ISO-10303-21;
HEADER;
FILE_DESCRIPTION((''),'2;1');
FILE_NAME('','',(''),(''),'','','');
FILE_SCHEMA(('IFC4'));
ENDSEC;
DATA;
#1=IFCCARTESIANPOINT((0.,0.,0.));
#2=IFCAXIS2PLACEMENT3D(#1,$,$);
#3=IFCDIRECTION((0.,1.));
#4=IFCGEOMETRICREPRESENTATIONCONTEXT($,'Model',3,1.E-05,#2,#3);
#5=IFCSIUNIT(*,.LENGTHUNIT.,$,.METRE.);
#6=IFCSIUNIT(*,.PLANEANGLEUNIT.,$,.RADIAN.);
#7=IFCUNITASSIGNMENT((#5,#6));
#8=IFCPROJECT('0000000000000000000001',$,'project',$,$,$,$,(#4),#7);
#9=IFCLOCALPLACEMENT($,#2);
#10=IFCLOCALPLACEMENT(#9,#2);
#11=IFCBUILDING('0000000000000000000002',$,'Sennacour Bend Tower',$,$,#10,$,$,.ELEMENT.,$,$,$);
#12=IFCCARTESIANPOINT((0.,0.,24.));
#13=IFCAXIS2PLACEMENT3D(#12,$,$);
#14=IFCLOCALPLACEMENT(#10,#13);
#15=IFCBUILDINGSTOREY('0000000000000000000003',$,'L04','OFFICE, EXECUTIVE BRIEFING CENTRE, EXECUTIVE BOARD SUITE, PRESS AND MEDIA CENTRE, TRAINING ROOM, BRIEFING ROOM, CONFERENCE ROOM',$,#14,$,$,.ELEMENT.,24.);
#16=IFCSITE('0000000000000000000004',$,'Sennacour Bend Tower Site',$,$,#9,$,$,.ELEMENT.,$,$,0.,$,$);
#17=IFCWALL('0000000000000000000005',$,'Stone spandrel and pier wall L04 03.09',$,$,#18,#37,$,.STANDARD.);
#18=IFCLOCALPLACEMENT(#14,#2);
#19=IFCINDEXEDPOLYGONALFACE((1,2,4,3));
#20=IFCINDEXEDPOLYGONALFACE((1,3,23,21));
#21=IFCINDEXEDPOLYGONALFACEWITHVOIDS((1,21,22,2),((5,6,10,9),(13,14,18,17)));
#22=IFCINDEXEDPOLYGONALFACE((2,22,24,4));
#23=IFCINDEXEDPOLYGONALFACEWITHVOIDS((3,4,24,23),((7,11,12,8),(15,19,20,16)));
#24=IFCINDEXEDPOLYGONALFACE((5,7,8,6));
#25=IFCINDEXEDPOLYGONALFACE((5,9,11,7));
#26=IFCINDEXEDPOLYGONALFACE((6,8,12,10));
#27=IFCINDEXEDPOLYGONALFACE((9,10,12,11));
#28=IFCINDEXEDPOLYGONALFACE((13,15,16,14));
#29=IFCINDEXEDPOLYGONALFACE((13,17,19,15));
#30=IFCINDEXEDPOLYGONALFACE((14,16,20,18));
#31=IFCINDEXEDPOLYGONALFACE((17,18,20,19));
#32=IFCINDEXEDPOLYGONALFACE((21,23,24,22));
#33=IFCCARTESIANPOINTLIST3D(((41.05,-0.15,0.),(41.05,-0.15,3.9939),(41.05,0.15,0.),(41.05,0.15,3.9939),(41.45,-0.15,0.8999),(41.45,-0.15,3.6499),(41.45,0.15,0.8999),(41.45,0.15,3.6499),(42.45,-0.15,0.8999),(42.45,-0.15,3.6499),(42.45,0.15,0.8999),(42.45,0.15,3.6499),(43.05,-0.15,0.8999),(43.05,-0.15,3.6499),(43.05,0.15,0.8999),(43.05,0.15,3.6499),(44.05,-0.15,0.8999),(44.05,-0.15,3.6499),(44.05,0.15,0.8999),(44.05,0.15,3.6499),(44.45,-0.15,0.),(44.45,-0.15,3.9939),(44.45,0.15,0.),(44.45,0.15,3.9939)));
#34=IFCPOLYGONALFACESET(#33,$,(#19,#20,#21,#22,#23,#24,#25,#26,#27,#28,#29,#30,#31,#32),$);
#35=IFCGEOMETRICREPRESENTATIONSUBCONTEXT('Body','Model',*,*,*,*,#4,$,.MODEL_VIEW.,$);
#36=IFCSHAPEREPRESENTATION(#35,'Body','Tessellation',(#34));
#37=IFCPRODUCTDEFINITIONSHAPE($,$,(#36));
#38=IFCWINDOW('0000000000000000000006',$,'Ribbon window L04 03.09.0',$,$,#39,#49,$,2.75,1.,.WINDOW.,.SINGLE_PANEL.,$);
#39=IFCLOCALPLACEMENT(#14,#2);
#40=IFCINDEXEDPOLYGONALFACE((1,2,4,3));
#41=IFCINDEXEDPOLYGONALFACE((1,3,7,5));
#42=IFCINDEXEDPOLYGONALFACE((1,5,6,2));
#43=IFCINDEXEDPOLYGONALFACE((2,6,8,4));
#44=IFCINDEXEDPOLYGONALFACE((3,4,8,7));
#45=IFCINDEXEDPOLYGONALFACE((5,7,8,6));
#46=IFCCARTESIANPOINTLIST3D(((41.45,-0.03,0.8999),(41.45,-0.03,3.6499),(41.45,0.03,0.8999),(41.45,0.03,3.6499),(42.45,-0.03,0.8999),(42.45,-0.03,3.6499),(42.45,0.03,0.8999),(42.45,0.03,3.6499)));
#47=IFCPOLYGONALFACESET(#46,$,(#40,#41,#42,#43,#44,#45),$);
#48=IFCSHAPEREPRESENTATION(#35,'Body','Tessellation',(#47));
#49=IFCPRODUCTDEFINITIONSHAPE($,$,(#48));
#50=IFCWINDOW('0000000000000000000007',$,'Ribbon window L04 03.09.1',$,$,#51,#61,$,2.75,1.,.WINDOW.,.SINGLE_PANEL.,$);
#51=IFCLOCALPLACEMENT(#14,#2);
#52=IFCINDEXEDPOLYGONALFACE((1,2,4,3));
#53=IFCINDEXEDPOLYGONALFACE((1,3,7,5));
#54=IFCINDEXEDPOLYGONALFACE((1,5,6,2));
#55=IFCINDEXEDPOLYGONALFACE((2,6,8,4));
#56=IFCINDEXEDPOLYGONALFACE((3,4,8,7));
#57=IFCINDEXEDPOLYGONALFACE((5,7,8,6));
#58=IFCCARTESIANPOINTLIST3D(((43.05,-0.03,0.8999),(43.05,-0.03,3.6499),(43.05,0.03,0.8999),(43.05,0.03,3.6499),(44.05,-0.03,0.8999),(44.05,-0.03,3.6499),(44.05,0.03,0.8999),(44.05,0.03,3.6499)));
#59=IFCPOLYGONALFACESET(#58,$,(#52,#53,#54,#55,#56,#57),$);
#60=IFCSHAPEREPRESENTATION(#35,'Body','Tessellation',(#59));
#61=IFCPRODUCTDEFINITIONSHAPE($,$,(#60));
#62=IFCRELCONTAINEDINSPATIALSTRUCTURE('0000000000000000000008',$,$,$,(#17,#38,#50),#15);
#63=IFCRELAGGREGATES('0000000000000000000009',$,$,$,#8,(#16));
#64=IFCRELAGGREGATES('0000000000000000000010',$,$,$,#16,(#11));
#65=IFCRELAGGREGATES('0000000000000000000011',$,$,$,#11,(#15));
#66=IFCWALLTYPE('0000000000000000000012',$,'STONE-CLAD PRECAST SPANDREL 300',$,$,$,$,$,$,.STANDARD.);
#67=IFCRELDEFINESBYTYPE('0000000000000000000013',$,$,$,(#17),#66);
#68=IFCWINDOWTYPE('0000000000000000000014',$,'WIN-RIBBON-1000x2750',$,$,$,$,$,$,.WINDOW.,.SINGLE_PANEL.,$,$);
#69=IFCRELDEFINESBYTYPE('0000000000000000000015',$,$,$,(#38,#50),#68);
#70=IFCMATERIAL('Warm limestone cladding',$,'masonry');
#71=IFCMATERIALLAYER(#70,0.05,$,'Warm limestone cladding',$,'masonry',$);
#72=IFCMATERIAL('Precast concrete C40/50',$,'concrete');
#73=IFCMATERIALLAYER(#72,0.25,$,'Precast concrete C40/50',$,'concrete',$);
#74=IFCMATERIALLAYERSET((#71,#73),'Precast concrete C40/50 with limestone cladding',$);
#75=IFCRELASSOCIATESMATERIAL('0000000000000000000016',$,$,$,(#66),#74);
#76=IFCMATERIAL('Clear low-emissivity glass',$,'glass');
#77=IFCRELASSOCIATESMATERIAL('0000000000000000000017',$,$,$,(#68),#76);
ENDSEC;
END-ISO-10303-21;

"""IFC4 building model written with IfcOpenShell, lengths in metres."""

from ifc_helpers import new_model, si_unit, direction, frame, frame_2d, origin, place, context, subcontext, project, spatial, rectangle, extrude, material, layer, layer_set, type_object, element, fill, save


model = new_model("IFC4")

# Units and contexts
model_context = context("Model", 3, precision=1e-05, world=origin(), true_north=direction((0.0, 1.0)))
body_context = subcontext(model_context, "Body", "Model", "MODEL_VIEW")
ifc_project = project(units=[si_unit("LENGTHUNIT", "METRE"), si_unit("PLANEANGLEUNIT", "RADIAN")], contexts=[model_context])

# Site, building, storey
site_placement = place(None, origin())
site = spatial("IfcSite", under=ifc_project, at=site_placement, Name="Sennacour Bend Tower Site", CompositionType="ELEMENT", RefElevation=0.0)
building_placement = place(site_placement, origin())
building = spatial("IfcBuilding", under=site, at=building_placement, Name="Sennacour Bend Tower", CompositionType="ELEMENT")
storey_placement = place(building_placement, frame((0.0, 0.0, 24.0)))
storey = spatial("IfcBuildingStorey", under=building, at=storey_placement, Name="L04", Description="OFFICE, EXECUTIVE BRIEFING CENTRE, EXECUTIVE BOARD SUITE, PRESS AND MEDIA CENTRE, TRAINING ROOM, BRIEFING ROOM, CONFERENCE ROOM", CompositionType="ELEMENT", Elevation=24.0)

# Wall, openings, windows
ifc_material_1 = material(Name="Warm limestone cladding", Category="masonry")
ifc_layer_1 = layer(ifc_material_1, 0.05, Name="Warm limestone cladding", Category="masonry")
ifc_material_2 = material(Name="Precast concrete C40/50", Category="concrete")
ifc_layer_2 = layer(ifc_material_2, 0.25, Name="Precast concrete C40/50", Category="concrete")
ifc_layer_set_1 = layer_set([ifc_layer_1, ifc_layer_2], Name="Precast concrete C40/50 with limestone cladding")
wall_type_1 = type_object("IfcWallType", Name="STONE-CLAD PRECAST SPANDREL 300", PredefinedType="STANDARD", material=ifc_layer_set_1)
wall_1_placement = place(storey_placement, frame((41.05, 0.0, 0.0), z_axis=(0.0, 0.0, 1.0), x_axis=(1.0, 0.0, 0.0)))
wall_1 = element("IfcWall", 1, at=wall_1_placement, inside=storey, type_object=wall_type_1, Name="Stone spandrel and pier wall L04 03.09", PredefinedType="STANDARD", context=body_context, shape_type="SweptSolid", body=[
    extrude(rectangle(XDim=3.3999, YDim=0.3, at=frame_2d((1.7, 0.0))), origin(), (0.0, 0.0, 1.0), 3.9939),
])
opening_1_placement = place(wall_1_placement, frame((0.3999, 0.0, 0.8999)))
opening_1 = element("IfcOpeningElement", 2, at=opening_1_placement, cuts=wall_1, PredefinedType="OPENING", context=body_context, shape_type="SweptSolid", body=[
    extrude(rectangle(XDim=1.0, YDim=2.75, at=frame_2d((0.5, 1.375))), frame((0.0, 0.1602, 0.0), z_axis=(0.0, -1.0, 0.0), x_axis=(1.0, 0.0, 0.0)), (0.0, 0.0, 1.0), 0.3201),
])
opening_2_placement = place(wall_1_placement, frame((2.0, 0.0, 0.8999)))
opening_2 = element("IfcOpeningElement", 3, at=opening_2_placement, cuts=wall_1, PredefinedType="OPENING", context=body_context, shape_type="SweptSolid", body=[
    extrude(rectangle(XDim=1.0, YDim=2.75, at=frame_2d((0.5, 1.375))), frame((0.0, 0.1602, 0.0), z_axis=(0.0, -1.0, 0.0), x_axis=(1.0, 0.0, 0.0)), (0.0, 0.0, 1.0), 0.3201),
])
ifc_material_3 = material(Name="Clear low-emissivity glass", Category="glass")
window_type = type_object("IfcWindowType", Name="WIN-RIBBON-1000x2750", PartitioningType="SINGLE_PANEL", PredefinedType="WINDOW", material=ifc_material_3)
window_1_placement = place(opening_1_placement, origin())
window_1 = element("IfcWindow", 4, at=window_1_placement, inside=storey, type_object=window_type, Name="Ribbon window L04 03.09.0", OverallHeight=2.75, OverallWidth=1.0, PartitioningType="SINGLE_PANEL", PredefinedType="WINDOW", context=body_context, shape_type="SweptSolid", body=[
    extrude(rectangle(XDim=1.0, YDim=2.75, at=frame_2d((0.5, 1.375))), frame((0.0, 0.03, 0.0), z_axis=(0.0, -1.0, 0.0), x_axis=(1.0, 0.0, 0.0)), (0.0, 0.0, 1.0), 0.0601),
])
fill(opening_1, window_1)
window_2_placement = place(opening_2_placement, origin())
window_2 = element("IfcWindow", 5, at=window_2_placement, inside=storey, type_object=window_type, Name="Ribbon window L04 03.09.1", OverallHeight=2.75, OverallWidth=1.0, PartitioningType="SINGLE_PANEL", PredefinedType="WINDOW", context=body_context, shape_type="SweptSolid", body=[
    extrude(rectangle(XDim=1.0, YDim=2.75, at=frame_2d((0.5, 1.375))), frame((0.0, 0.03, 0.0), z_axis=(0.0, -1.0, 0.0), x_axis=(1.0, 0.0, 0.0)), (0.0, 0.0, 1.0), 0.0601),
])
fill(opening_2, window_2)

save(model, "model.ifc")
